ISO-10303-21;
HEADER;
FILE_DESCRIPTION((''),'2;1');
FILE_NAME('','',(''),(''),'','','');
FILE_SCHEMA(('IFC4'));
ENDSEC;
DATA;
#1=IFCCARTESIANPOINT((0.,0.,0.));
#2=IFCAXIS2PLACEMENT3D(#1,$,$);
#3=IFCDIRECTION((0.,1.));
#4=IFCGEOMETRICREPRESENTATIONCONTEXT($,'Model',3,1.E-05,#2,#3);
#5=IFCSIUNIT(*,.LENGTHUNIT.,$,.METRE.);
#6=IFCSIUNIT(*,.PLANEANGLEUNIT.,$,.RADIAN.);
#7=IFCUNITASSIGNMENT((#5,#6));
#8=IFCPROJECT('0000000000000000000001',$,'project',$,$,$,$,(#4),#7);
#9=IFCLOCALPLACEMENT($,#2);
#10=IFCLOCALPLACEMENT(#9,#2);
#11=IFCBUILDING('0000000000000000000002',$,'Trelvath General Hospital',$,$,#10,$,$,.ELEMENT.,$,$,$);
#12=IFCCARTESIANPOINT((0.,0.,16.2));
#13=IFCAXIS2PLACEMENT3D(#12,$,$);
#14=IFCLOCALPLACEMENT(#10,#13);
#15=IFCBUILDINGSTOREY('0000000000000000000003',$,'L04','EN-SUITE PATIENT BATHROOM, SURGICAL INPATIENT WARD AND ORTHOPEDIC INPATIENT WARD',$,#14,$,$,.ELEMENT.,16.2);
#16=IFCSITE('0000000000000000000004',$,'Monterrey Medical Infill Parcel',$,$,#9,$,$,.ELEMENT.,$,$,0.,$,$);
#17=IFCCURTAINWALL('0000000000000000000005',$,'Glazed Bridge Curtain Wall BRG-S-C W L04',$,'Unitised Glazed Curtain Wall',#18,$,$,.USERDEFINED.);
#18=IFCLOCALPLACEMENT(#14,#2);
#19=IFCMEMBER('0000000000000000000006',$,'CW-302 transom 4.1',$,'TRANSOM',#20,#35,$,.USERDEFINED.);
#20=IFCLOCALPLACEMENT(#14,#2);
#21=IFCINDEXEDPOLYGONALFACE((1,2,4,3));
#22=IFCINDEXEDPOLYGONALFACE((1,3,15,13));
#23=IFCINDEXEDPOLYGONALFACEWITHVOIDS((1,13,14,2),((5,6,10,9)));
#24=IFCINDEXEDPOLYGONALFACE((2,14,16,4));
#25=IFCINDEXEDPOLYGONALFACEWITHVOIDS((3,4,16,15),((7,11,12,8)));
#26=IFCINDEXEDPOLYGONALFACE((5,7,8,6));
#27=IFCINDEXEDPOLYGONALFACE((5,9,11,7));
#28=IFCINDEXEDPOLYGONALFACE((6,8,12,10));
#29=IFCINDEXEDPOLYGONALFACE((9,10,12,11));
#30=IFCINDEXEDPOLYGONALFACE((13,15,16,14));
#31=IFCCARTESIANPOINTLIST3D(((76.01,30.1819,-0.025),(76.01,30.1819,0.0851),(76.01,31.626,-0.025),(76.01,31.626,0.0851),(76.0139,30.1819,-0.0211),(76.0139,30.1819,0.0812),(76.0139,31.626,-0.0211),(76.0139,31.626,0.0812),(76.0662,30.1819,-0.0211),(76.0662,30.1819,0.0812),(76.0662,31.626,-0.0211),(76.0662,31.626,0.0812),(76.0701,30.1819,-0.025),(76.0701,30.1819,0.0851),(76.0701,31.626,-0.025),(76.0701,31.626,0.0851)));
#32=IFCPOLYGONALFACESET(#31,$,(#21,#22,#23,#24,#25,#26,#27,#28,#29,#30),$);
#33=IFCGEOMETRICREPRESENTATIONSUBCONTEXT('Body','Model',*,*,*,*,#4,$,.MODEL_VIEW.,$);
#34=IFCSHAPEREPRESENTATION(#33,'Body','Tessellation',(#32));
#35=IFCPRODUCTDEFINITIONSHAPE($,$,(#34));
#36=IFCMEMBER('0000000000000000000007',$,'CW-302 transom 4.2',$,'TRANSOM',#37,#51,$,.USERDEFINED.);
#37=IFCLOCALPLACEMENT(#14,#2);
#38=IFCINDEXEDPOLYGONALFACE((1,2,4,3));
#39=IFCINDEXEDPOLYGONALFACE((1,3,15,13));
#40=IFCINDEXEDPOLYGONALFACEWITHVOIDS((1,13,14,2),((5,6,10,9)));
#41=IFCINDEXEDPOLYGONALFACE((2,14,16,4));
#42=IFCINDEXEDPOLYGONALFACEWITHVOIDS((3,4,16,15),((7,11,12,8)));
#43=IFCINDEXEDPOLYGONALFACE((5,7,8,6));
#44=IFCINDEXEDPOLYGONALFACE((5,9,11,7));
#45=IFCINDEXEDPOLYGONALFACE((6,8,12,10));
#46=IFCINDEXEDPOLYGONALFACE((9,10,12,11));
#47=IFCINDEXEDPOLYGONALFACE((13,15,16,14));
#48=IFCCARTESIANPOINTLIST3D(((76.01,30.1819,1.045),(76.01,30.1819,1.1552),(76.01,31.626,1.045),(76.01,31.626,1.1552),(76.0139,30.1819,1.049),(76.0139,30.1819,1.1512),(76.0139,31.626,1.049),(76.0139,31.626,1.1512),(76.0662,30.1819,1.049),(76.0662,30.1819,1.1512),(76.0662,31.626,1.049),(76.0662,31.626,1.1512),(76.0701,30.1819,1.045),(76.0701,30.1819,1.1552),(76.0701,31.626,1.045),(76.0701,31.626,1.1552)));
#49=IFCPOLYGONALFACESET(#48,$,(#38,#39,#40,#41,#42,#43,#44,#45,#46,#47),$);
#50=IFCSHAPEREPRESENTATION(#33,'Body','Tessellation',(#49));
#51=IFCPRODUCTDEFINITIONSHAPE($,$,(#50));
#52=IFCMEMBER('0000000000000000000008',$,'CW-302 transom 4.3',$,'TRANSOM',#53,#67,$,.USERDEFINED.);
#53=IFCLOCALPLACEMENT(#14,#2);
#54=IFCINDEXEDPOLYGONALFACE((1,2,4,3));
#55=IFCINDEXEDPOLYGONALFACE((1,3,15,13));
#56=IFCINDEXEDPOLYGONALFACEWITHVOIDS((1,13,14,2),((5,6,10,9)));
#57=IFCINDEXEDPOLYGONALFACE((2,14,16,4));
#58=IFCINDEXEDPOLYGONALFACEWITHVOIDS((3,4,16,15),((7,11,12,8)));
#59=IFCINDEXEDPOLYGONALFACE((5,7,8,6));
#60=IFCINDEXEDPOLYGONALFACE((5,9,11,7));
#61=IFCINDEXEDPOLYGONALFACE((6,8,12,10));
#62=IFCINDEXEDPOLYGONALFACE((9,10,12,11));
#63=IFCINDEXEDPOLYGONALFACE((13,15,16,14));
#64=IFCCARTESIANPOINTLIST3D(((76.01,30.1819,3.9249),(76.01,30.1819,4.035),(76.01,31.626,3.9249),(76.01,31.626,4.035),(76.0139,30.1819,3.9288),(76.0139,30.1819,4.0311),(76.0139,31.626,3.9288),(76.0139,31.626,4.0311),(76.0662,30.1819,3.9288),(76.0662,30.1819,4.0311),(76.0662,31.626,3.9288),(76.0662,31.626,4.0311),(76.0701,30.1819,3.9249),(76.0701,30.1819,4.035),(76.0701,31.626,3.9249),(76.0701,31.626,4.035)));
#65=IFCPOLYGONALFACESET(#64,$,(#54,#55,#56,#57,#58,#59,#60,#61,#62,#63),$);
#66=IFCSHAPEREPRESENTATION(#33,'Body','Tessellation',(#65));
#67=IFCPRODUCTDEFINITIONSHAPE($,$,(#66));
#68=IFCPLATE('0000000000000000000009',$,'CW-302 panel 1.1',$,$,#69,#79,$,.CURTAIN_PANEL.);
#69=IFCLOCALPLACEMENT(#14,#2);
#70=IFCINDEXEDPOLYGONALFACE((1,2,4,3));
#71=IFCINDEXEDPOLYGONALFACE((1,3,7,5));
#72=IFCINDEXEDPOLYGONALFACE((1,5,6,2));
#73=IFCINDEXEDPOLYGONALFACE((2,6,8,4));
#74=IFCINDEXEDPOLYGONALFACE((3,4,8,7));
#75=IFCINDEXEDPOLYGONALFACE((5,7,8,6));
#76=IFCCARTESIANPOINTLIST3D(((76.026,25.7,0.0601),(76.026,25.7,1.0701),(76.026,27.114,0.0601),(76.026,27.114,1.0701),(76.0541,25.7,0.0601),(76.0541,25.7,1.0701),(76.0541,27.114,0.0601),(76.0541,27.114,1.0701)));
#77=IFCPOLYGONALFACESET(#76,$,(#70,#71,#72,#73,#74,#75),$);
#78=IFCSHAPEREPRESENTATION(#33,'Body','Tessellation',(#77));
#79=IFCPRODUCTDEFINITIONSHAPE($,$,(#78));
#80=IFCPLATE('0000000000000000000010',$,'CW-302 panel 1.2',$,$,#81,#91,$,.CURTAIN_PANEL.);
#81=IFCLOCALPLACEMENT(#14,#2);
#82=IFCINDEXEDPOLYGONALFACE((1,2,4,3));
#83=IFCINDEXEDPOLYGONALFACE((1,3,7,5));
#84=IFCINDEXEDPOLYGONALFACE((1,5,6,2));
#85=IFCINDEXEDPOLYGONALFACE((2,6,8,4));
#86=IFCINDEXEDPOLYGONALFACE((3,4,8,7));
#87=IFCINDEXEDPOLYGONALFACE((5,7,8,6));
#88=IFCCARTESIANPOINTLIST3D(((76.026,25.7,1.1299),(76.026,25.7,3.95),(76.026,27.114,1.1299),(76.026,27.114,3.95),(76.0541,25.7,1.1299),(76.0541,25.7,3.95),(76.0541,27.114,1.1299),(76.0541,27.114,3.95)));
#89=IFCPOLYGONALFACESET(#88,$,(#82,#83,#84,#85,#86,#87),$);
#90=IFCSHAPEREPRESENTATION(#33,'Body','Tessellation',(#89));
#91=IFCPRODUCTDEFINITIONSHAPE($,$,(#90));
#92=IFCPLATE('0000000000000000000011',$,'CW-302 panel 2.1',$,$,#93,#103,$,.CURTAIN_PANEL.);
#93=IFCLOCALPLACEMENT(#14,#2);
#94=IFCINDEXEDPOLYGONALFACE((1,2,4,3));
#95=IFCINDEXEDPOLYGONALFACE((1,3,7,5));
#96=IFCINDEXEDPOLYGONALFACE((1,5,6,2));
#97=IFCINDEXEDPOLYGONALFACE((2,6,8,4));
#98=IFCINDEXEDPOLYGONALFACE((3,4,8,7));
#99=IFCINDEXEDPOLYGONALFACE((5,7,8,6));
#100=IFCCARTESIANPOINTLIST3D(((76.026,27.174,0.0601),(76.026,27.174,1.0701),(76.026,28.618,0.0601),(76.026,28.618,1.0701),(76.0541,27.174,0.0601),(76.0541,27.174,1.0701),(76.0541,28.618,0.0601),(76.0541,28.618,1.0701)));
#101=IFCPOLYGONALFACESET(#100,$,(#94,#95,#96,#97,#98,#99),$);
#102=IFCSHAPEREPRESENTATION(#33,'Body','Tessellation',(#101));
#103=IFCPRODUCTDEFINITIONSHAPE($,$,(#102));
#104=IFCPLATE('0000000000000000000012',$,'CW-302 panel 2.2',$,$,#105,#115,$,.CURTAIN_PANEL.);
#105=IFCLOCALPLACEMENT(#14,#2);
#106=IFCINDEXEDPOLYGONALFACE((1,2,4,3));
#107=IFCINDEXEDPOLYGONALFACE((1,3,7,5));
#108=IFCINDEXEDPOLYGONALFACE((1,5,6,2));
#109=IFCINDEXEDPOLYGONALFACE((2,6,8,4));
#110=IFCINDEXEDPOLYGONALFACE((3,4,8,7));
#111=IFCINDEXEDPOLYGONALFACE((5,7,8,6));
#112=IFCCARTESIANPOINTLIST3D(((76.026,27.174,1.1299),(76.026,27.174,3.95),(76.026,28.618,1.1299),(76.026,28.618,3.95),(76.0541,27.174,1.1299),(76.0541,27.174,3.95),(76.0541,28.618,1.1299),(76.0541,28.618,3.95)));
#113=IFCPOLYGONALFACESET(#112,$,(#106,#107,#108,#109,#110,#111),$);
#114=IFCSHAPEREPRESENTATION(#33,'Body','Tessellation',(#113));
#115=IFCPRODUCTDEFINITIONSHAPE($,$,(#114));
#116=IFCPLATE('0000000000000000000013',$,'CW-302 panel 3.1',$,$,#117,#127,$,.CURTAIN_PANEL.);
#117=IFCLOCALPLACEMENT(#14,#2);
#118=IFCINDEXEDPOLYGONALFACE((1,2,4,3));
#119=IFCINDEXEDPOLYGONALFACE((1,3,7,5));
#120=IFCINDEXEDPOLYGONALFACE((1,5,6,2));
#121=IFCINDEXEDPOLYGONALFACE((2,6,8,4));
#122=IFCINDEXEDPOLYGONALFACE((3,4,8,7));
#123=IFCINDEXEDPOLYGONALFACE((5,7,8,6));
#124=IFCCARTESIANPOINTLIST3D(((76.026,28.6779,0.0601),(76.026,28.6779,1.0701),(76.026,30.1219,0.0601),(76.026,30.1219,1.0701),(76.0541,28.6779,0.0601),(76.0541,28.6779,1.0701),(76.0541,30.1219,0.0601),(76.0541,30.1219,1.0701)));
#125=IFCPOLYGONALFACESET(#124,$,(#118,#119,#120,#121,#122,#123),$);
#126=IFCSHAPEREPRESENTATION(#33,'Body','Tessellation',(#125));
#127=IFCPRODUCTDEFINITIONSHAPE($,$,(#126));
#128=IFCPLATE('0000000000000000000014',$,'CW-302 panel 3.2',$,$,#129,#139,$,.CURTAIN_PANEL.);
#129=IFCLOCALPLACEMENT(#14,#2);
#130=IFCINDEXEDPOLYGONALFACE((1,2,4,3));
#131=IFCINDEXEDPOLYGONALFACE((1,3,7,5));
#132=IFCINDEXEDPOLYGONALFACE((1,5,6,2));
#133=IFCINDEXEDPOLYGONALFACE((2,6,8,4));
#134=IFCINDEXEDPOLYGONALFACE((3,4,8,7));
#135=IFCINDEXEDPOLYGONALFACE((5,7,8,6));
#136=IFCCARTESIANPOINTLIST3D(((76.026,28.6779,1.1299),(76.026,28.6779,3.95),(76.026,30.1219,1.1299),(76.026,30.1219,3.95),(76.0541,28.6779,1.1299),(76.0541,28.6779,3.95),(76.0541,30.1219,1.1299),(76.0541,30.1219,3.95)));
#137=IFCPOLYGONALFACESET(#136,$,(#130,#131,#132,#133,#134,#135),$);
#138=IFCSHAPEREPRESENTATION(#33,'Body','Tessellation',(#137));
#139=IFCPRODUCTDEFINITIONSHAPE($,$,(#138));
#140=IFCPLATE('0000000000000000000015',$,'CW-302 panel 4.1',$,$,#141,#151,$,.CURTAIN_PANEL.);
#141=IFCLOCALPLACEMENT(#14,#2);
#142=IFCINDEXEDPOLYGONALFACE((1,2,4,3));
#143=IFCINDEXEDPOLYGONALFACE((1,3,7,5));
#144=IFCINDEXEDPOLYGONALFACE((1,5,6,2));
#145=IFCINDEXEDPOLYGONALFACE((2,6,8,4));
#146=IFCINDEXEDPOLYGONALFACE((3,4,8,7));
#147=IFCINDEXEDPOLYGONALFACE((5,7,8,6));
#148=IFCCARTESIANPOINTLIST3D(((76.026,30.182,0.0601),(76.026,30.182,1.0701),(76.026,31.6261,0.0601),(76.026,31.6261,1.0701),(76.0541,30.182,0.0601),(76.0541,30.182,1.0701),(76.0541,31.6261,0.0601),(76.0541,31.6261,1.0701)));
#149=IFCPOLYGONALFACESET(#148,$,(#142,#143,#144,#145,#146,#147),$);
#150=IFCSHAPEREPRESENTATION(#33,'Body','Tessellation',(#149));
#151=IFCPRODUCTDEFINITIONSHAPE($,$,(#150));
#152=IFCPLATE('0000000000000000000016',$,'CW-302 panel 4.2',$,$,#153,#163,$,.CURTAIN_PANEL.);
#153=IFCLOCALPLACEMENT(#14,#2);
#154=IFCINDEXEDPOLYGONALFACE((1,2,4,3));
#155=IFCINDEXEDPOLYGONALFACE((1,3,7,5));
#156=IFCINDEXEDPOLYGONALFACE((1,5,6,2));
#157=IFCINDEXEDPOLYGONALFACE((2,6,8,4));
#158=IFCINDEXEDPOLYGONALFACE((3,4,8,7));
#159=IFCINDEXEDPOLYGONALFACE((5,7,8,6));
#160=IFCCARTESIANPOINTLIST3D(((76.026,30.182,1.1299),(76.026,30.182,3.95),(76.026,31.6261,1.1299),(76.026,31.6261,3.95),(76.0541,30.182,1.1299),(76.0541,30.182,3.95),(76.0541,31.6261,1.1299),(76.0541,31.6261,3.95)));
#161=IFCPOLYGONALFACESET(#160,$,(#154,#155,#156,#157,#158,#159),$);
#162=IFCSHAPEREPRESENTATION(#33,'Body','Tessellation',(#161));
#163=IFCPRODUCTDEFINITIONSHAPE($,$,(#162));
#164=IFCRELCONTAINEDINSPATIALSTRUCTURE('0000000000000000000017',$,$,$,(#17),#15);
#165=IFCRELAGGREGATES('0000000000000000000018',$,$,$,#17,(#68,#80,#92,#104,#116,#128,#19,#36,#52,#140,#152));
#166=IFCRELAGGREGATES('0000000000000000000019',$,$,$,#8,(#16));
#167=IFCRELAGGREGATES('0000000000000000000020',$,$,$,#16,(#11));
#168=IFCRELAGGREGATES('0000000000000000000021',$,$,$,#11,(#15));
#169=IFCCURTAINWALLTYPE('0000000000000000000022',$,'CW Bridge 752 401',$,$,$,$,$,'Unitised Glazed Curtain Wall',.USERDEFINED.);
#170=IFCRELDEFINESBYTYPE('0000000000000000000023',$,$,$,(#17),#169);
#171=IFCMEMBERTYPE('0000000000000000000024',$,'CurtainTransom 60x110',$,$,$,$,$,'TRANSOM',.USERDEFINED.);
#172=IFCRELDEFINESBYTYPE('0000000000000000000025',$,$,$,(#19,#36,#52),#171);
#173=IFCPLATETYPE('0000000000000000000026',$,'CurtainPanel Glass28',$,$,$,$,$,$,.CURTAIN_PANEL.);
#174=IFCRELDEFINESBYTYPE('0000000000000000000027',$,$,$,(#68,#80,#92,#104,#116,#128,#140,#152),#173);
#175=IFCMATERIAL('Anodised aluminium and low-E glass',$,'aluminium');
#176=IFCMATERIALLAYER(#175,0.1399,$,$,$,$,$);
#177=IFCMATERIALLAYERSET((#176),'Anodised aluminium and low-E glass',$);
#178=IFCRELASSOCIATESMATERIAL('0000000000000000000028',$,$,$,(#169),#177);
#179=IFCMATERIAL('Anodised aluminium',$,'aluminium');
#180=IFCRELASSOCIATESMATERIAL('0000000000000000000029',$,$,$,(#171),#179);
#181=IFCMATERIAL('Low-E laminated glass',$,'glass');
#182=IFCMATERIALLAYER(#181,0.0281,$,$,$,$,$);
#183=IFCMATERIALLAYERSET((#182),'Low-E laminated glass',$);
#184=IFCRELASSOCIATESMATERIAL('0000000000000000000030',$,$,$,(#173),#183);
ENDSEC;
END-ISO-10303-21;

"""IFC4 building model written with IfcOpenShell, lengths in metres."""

from ifc_helpers import new_model, si_unit, direction, frame, origin, origin_2d, place, context, subcontext, project, spatial, rectangle, hollow_rectangle, extrude, material, layer, layer_set, material_profile, profile_set, type_object, element, aggregate, save


model = new_model("IFC4")

# Units and contexts
model_context = context("Model", 3, precision=1e-05, world=origin(), true_north=direction((0.0, 1.0)))
body_context = subcontext(model_context, "Body", "Model", "MODEL_VIEW")
ifc_project = project(units=[si_unit("LENGTHUNIT", "METRE"), si_unit("PLANEANGLEUNIT", "RADIAN")], contexts=[model_context])

# Site, building, storey
site_placement = place(None, origin())
site = spatial("IfcSite", under=ifc_project, at=site_placement, Name="Monterrey Medical Infill Parcel", CompositionType="ELEMENT", RefElevation=0.0)
building_placement = place(site_placement, origin())
building = spatial("IfcBuilding", under=site, at=building_placement, Name="Trelvath General Hospital", CompositionType="ELEMENT")
storey_placement = place(building_placement, frame((0.0, 0.0, 16.2)))
storey = spatial("IfcBuildingStorey", under=building, at=storey_placement, Name="L04", Description="EN-SUITE PATIENT BATHROOM, SURGICAL INPATIENT WARD AND ORTHOPEDIC INPATIENT WARD", CompositionType="ELEMENT", Elevation=16.2)

# Curtain wall, members, plates
ifc_material_1 = material(Name="Anodised aluminium and low-E glass", Category="aluminium")
ifc_layer_1 = layer(ifc_material_1, 0.1399)
ifc_layer_set_1 = layer_set([ifc_layer_1], Name="Anodised aluminium and low-E glass")
curtain_wall_type = type_object("IfcCurtainWallType", Name="CW Bridge 752 401", ElementType="Unitised Glazed Curtain Wall", PredefinedType="USERDEFINED", material=ifc_layer_set_1)
curtain_wall_placement = place(storey_placement, origin())
curtain_wall = element("IfcCurtainWall", 1, at=curtain_wall_placement, inside=storey, type_object=curtain_wall_type, Name="Glazed Bridge Curtain Wall BRG-S-C W L04", ObjectType="Unitised Glazed Curtain Wall", PredefinedType="USERDEFINED")
ifc_material_2 = material(Name="Anodised aluminium", Category="aluminium")
ifc_material_profile_1 = material_profile(ifc_material_2, hollow_rectangle(XDim=0.0601, YDim=0.1101, WallThickness=0.0039, at=origin_2d()), Name="RHS60x110x4")
ifc_profile_set_1 = profile_set([ifc_material_profile_1], Name="Anodised aluminium")
member_type_1 = type_object("IfcMemberType", Name="CurtainTransom 60x110", ElementType="TRANSOM", PredefinedType="USERDEFINED", material=ifc_profile_set_1)
member_1_placement = place(storey_placement, frame((76.04, 30.1819, 0.03), z_axis=(0.0, 1.0, 0.0), x_axis=(-1.0, 0.0, 0.0)))
member_1 = element("IfcMember", 2, at=member_1_placement, type_object=member_type_1, Name="CW-302 transom 4.1", ObjectType="TRANSOM", PredefinedType="USERDEFINED", context=body_context, shape_type="SweptSolid", body=[
    extrude(hollow_rectangle(XDim=0.0601, YDim=0.1101, WallThickness=0.0039, at=origin_2d()), origin(), (0.0, 0.0, 1.0), 1.4441),
])
member_2_placement = place(storey_placement, frame((76.04, 30.1819, 1.1001), z_axis=(0.0, 1.0, 0.0), x_axis=(-1.0, 0.0, 0.0)))
member_2 = element("IfcMember", 3, at=member_2_placement, type_object=member_type_1, Name="CW-302 transom 4.2", ObjectType="TRANSOM", PredefinedType="USERDEFINED", context=body_context, shape_type="SweptSolid", body=[
    extrude(hollow_rectangle(XDim=0.0601, YDim=0.1101, WallThickness=0.0039, at=origin_2d()), origin(), (0.0, 0.0, 1.0), 1.4441),
])
member_3_placement = place(storey_placement, frame((76.04, 30.1819, 3.98), z_axis=(0.0, 1.0, 0.0), x_axis=(-1.0, 0.0, 0.0)))
member_3 = element("IfcMember", 4, at=member_3_placement, type_object=member_type_1, Name="CW-302 transom 4.3", ObjectType="TRANSOM", PredefinedType="USERDEFINED", context=body_context, shape_type="SweptSolid", body=[
    extrude(hollow_rectangle(XDim=0.0601, YDim=0.1101, WallThickness=0.0039, at=origin_2d()), origin(), (0.0, 0.0, 1.0), 1.4441),
])
ifc_material_3 = material(Name="Low-E laminated glass", Category="glass")
ifc_layer_2 = layer(ifc_material_3, 0.0281)
ifc_layer_set_2 = layer_set([ifc_layer_2], Name="Low-E laminated glass")
plate_type = type_object("IfcPlateType", Name="CurtainPanel Glass28", PredefinedType="CURTAIN_PANEL", material=ifc_layer_set_2)
plate_1_placement = place(storey_placement, frame((76.04, 26.407, 0.0601), z_axis=(0.0, 0.0, 1.0), x_axis=(0.0, 1.0, 0.0)))
plate_1 = element("IfcPlate", 5, at=plate_1_placement, type_object=plate_type, Name="CW-302 panel 1.1", PredefinedType="CURTAIN_PANEL", context=body_context, shape_type="SweptSolid", body=[
    extrude(rectangle(XDim=1.4141, YDim=0.0281, at=origin_2d()), origin(), (0.0, 0.0, 1.0), 1.01),
])
plate_2_placement = place(storey_placement, frame((76.04, 26.407, 1.1299), z_axis=(0.0, 0.0, 1.0), x_axis=(0.0, 1.0, 0.0)))
plate_2 = element("IfcPlate", 6, at=plate_2_placement, type_object=plate_type, Name="CW-302 panel 1.2", PredefinedType="CURTAIN_PANEL", context=body_context, shape_type="SweptSolid", body=[
    extrude(rectangle(XDim=1.4141, YDim=0.0281, at=origin_2d()), origin(), (0.0, 0.0, 1.0), 2.8201),
])
plate_3_placement = place(storey_placement, frame((76.04, 27.896, 0.0601), z_axis=(0.0, 0.0, 1.0), x_axis=(0.0, 1.0, 0.0)))
plate_3 = element("IfcPlate", 7, at=plate_3_placement, type_object=plate_type, Name="CW-302 panel 2.1", PredefinedType="CURTAIN_PANEL", context=body_context, shape_type="SweptSolid", body=[
    extrude(rectangle(XDim=1.4441, YDim=0.0281, at=origin_2d()), origin(), (0.0, 0.0, 1.0), 1.01),
])
plate_4_placement = place(storey_placement, frame((76.04, 27.896, 1.1299), z_axis=(0.0, 0.0, 1.0), x_axis=(0.0, 1.0, 0.0)))
plate_4 = element("IfcPlate", 8, at=plate_4_placement, type_object=plate_type, Name="CW-302 panel 2.2", PredefinedType="CURTAIN_PANEL", context=body_context, shape_type="SweptSolid", body=[
    extrude(rectangle(XDim=1.4441, YDim=0.0281, at=origin_2d()), origin(), (0.0, 0.0, 1.0), 2.8201),
])
plate_5_placement = place(storey_placement, frame((76.04, 29.3999, 0.0601), z_axis=(0.0, 0.0, 1.0), x_axis=(0.0, 1.0, 0.0)))
plate_5 = element("IfcPlate", 9, at=plate_5_placement, type_object=plate_type, Name="CW-302 panel 3.1", PredefinedType="CURTAIN_PANEL", context=body_context, shape_type="SweptSolid", body=[
    extrude(rectangle(XDim=1.4441, YDim=0.0281, at=origin_2d()), origin(), (0.0, 0.0, 1.0), 1.01),
])
plate_6_placement = place(storey_placement, frame((76.04, 29.3999, 1.1299), z_axis=(0.0, 0.0, 1.0), x_axis=(0.0, 1.0, 0.0)))
plate_6 = element("IfcPlate", 10, at=plate_6_placement, type_object=plate_type, Name="CW-302 panel 3.2", PredefinedType="CURTAIN_PANEL", context=body_context, shape_type="SweptSolid", body=[
    extrude(rectangle(XDim=1.4441, YDim=0.0281, at=origin_2d()), origin(), (0.0, 0.0, 1.0), 2.8201),
])
plate_7_placement = place(storey_placement, frame((76.04, 30.9041, 0.0601), z_axis=(0.0, 0.0, 1.0), x_axis=(0.0, 1.0, 0.0)))
plate_7 = element("IfcPlate", 11, at=plate_7_placement, type_object=plate_type, Name="CW-302 panel 4.1", PredefinedType="CURTAIN_PANEL", context=body_context, shape_type="SweptSolid", body=[
    extrude(rectangle(XDim=1.4441, YDim=0.0281, at=origin_2d()), origin(), (0.0, 0.0, 1.0), 1.01),
])
plate_8_placement = place(storey_placement, frame((76.04, 30.9041, 1.1299), z_axis=(0.0, 0.0, 1.0), x_axis=(0.0, 1.0, 0.0)))
plate_8 = element("IfcPlate", 12, at=plate_8_placement, type_object=plate_type, Name="CW-302 panel 4.2", PredefinedType="CURTAIN_PANEL", context=body_context, shape_type="SweptSolid", body=[
    extrude(rectangle(XDim=1.4441, YDim=0.0281, at=origin_2d()), origin(), (0.0, 0.0, 1.0), 2.8201),
])
aggregate(curtain_wall, [plate_1, plate_2, plate_3, plate_4, plate_5, plate_6, member_1, member_2, member_3, plate_7, plate_8])

save(model, "model.ifc")
